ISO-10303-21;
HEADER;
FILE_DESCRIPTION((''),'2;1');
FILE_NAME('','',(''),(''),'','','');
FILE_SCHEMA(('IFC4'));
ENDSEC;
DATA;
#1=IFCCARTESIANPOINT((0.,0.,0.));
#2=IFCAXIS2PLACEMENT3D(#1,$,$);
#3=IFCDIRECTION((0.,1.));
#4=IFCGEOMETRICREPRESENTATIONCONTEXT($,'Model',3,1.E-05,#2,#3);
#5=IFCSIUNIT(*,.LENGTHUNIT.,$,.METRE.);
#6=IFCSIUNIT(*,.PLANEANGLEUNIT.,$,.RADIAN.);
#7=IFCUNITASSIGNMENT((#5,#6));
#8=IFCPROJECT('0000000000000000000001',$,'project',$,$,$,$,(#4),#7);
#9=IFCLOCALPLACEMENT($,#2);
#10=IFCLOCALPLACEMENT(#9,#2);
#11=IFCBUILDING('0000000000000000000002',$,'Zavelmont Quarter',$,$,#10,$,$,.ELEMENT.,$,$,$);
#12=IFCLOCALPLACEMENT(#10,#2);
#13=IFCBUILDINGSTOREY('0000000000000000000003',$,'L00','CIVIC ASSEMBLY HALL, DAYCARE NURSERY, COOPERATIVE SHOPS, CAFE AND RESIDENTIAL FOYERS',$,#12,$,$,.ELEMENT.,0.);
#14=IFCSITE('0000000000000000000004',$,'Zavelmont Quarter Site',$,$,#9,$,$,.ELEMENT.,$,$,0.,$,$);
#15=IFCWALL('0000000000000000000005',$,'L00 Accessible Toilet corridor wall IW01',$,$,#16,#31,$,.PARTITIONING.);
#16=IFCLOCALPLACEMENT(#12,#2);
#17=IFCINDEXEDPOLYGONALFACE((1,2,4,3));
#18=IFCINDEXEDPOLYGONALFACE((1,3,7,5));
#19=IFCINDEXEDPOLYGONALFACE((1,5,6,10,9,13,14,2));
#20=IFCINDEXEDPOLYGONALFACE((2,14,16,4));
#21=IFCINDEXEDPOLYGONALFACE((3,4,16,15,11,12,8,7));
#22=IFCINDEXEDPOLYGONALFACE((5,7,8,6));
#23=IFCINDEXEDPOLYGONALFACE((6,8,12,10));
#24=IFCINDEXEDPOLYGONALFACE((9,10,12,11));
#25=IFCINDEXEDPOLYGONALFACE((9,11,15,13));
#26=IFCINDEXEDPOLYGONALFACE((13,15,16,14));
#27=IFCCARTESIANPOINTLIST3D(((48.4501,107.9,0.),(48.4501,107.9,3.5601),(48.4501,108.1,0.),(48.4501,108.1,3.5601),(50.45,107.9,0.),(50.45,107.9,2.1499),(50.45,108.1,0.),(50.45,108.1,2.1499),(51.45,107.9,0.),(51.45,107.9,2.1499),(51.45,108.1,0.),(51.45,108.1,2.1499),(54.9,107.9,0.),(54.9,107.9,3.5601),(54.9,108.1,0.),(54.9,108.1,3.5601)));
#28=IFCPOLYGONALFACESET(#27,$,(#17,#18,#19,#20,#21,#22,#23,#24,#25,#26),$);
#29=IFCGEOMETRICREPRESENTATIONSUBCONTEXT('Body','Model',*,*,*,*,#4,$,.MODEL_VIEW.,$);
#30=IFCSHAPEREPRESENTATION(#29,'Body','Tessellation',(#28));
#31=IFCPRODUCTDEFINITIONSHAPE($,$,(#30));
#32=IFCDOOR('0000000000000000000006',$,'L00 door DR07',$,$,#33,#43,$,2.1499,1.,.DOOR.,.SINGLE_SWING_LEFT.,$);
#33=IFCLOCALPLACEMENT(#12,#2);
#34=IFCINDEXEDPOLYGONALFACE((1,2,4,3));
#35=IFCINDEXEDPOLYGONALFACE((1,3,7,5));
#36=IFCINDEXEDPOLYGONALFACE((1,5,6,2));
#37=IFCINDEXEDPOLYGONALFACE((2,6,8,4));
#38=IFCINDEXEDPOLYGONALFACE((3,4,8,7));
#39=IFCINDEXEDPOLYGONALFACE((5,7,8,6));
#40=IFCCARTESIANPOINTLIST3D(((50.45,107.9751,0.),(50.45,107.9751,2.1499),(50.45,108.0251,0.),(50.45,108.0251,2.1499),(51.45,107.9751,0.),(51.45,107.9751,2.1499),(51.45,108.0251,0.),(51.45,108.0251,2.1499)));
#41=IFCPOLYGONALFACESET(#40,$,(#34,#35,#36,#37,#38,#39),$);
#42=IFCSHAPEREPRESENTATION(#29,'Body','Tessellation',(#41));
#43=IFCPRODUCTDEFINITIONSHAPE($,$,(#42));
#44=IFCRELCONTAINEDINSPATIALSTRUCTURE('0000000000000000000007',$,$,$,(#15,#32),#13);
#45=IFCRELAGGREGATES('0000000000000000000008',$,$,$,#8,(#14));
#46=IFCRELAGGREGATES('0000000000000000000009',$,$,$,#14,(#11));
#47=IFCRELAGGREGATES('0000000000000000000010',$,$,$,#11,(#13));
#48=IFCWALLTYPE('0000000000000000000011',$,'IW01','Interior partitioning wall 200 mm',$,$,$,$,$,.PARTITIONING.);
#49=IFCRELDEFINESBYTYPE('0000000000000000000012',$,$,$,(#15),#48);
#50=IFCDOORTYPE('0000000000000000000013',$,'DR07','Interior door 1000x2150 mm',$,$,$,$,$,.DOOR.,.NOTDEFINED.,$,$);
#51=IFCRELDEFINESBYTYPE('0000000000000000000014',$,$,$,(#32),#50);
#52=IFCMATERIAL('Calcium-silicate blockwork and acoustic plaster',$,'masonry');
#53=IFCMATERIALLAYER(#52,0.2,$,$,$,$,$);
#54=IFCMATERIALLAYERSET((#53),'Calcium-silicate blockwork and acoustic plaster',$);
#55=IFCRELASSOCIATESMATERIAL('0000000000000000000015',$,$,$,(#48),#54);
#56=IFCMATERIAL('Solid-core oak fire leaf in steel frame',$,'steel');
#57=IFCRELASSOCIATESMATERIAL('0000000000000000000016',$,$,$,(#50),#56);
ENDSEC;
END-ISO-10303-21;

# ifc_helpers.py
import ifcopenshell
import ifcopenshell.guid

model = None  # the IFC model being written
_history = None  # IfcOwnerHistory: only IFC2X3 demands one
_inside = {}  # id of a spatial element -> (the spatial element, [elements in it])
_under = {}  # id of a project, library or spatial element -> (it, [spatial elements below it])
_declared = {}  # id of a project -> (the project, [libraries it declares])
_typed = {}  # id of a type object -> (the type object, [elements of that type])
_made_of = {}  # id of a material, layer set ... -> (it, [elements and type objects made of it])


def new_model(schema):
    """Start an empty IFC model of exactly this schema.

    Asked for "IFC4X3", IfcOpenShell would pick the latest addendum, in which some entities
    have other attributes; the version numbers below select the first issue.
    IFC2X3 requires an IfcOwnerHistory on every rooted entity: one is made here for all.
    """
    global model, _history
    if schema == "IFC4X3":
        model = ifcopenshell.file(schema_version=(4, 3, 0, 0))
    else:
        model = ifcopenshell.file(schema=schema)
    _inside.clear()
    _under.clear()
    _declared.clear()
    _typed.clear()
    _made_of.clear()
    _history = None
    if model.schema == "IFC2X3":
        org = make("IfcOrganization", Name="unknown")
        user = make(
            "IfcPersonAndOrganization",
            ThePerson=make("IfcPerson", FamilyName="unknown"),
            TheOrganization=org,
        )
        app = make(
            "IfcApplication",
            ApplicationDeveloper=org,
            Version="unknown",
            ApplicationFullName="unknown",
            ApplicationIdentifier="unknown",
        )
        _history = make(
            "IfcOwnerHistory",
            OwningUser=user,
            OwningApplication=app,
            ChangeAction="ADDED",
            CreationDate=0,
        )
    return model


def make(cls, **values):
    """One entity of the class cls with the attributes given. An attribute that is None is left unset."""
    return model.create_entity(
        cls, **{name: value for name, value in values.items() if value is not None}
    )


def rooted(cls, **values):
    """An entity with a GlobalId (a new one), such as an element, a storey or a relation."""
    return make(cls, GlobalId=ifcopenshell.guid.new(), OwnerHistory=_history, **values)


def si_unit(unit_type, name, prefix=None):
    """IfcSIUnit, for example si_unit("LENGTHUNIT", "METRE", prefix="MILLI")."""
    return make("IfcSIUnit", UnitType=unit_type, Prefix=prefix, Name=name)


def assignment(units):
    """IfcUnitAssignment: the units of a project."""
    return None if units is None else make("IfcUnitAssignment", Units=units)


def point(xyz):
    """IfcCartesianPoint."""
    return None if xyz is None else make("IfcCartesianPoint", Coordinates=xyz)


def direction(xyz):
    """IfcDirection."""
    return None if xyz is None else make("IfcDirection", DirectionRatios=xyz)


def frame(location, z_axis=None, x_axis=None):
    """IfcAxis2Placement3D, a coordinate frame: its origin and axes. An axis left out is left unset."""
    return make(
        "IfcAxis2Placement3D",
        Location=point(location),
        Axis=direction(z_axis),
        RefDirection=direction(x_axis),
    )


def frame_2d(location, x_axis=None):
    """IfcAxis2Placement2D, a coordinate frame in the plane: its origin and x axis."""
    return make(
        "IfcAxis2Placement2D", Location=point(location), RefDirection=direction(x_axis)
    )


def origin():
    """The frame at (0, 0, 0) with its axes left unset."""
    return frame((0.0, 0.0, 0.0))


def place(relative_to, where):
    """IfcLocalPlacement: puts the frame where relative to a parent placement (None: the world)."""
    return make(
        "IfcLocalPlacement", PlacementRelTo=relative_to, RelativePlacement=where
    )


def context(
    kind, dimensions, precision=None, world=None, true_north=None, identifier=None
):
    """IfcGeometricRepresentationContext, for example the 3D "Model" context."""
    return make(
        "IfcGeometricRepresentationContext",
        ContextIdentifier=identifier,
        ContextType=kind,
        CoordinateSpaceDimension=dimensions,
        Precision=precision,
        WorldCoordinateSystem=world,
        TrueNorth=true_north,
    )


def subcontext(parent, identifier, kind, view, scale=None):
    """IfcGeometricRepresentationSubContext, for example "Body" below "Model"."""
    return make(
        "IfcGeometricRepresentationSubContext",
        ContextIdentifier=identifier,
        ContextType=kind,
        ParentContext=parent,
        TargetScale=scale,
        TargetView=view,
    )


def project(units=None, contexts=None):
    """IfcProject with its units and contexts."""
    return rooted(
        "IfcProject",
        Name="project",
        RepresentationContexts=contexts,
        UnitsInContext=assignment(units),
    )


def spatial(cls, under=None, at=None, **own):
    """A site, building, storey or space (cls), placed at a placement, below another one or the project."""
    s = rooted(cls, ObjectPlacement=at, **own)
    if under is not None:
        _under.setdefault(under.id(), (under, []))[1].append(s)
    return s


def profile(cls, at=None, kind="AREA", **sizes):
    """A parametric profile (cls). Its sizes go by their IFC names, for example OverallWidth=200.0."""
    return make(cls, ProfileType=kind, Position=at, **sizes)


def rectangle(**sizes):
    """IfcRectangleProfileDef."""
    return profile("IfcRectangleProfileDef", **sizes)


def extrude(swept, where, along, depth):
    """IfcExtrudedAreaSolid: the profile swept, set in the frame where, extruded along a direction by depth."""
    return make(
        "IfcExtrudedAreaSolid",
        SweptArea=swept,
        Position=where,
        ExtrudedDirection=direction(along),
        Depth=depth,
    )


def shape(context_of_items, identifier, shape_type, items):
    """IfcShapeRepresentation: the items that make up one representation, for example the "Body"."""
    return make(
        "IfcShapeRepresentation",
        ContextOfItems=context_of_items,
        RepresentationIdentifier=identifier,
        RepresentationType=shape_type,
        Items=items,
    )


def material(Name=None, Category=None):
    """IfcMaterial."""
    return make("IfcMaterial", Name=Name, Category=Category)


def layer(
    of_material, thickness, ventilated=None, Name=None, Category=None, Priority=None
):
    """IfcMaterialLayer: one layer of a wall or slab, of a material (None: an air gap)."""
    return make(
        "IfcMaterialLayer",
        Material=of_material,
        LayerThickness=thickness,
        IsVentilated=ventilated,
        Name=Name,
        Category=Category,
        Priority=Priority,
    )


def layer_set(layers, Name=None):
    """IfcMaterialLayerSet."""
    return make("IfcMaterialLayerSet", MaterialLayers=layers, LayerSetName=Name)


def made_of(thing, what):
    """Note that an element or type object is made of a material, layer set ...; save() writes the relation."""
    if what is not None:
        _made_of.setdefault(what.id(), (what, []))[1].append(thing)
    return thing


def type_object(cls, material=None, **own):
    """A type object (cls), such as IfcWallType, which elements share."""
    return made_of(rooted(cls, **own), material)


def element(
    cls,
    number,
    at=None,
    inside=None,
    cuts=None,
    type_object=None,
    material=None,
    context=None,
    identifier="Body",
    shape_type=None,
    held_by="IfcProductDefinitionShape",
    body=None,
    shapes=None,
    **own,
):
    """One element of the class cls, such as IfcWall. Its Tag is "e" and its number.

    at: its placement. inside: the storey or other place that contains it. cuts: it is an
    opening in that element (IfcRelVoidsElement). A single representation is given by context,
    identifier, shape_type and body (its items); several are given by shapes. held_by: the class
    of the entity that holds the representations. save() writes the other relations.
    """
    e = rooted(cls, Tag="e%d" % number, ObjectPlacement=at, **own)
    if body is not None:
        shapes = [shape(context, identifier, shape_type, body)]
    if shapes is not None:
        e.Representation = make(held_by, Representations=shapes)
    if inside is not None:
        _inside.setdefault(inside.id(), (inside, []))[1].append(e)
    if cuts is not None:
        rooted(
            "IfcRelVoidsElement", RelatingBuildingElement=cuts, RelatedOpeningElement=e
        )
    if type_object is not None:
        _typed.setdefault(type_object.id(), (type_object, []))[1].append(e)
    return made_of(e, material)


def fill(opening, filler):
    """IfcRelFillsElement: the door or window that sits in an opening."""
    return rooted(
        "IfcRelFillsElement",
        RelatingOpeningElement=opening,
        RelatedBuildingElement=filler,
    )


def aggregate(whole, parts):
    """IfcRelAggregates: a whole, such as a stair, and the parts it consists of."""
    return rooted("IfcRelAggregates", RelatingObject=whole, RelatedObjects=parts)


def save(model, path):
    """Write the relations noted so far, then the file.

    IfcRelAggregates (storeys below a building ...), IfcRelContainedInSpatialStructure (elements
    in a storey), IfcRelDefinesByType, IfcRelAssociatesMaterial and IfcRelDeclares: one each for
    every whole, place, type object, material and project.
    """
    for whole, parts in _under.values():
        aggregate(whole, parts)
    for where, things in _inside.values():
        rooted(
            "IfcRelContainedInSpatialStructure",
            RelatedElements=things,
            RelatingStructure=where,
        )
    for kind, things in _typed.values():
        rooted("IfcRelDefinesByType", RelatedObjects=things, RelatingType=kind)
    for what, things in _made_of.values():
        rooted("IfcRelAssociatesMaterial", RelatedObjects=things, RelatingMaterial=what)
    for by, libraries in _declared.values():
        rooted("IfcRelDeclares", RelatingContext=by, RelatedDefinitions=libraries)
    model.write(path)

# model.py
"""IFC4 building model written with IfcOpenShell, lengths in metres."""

from ifc_helpers import new_model, si_unit, direction, frame, frame_2d, origin, place, context, subcontext, project, spatial, rectangle, extrude, material, layer, layer_set, type_object, element, fill, save


model = new_model("IFC4")

# Units and contexts
model_context = context("Model", 3, precision=1e-05, world=origin(), true_north=direction((0.0, 1.0)))
body_context = subcontext(model_context, "Body", "Model", "MODEL_VIEW")
ifc_project = project(units=[si_unit("LENGTHUNIT", "METRE"), si_unit("PLANEANGLEUNIT", "RADIAN")], contexts=[model_context])

# Site, building, storey
site_placement = place(None, origin())
site = spatial("IfcSite", under=ifc_project, at=site_placement, Name="Zavelmont Quarter Site", CompositionType="ELEMENT", RefElevation=0.0)
building_placement = place(site_placement, origin())
building = spatial("IfcBuilding", under=site, at=building_placement, Name="Zavelmont Quarter", CompositionType="ELEMENT")
storey_placement = place(building_placement, origin())
storey = spatial("IfcBuildingStorey", under=building, at=storey_placement, Name="L00", Description="CIVIC ASSEMBLY HALL, DAYCARE NURSERY, COOPERATIVE SHOPS, CAFE AND RESIDENTIAL FOYERS", CompositionType="ELEMENT", Elevation=0.0)

# Wall, opening, door
ifc_material_1 = material(Name="Calcium-silicate blockwork and acoustic plaster", Category="masonry")
ifc_layer_1 = layer(ifc_material_1, 0.2)
ifc_layer_set_1 = layer_set([ifc_layer_1], Name="Calcium-silicate blockwork and acoustic plaster")
wall_type_1 = type_object("IfcWallType", Name="IW01", Description="Interior partitioning wall 200 mm", PredefinedType="PARTITIONING", material=ifc_layer_set_1)
wall_1_placement = place(storey_placement, frame((48.45, 108.0, 0.0), z_axis=(0.0, 0.0, 1.0), x_axis=(1.0, 0.0, 0.0)))
wall_1 = element("IfcWall", 1, at=wall_1_placement, inside=storey, type_object=wall_type_1, Name="L00 Accessible Toilet corridor wall IW01", PredefinedType="PARTITIONING", context=body_context, shape_type="SweptSolid", body=[
    extrude(rectangle(XDim=6.45, YDim=0.2, at=frame_2d((3.2251, 0.0))), origin(), (0.0, 0.0, 1.0), 3.5601),
])
opening_placement = place(wall_1_placement, frame((2.0, 0.0, 0.0)))
opening = element("IfcOpeningElement", 2, at=opening_placement, cuts=wall_1, PredefinedType="OPENING", context=body_context, shape_type="SweptSolid", body=[
    extrude(rectangle(XDim=1.0, YDim=2.1499, at=frame_2d((0.5, 1.075))), frame((0.0, 0.1118, 0.0), z_axis=(0.0, -1.0, 0.0), x_axis=(1.0, 0.0, 0.0)), (0.0, 0.0, 1.0), 0.2239),
])
ifc_material_2 = material(Name="Solid-core oak fire leaf in steel frame", Category="steel")
door_type = type_object("IfcDoorType", Name="DR07", Description="Interior door 1000x2150 mm", OperationType="NOTDEFINED", PredefinedType="DOOR", material=ifc_material_2)
door_placement = place(opening_placement, frame((1.0, 0.0, 0.0), z_axis=(0.0, 0.0, 1.0), x_axis=(-1.0, 0.0, 0.0)))
door = element("IfcDoor", 3, at=door_placement, inside=storey, type_object=door_type, Name="L00 door DR07", OperationType="SINGLE_SWING_LEFT", OverallHeight=2.1499, OverallWidth=1.0, PredefinedType="DOOR", context=body_context, shape_type="SweptSolid", body=[
    extrude(rectangle(XDim=1.0, YDim=2.1499, at=frame_2d((0.5, 1.075))), frame((0.0, 0.0249, 0.0), z_axis=(0.0, -1.0, 0.0), x_axis=(1.0, 0.0, 0.0)), (0.0, 0.0, 1.0), 0.05),
])
fill(opening, door)

save(model, "model.ifc")
